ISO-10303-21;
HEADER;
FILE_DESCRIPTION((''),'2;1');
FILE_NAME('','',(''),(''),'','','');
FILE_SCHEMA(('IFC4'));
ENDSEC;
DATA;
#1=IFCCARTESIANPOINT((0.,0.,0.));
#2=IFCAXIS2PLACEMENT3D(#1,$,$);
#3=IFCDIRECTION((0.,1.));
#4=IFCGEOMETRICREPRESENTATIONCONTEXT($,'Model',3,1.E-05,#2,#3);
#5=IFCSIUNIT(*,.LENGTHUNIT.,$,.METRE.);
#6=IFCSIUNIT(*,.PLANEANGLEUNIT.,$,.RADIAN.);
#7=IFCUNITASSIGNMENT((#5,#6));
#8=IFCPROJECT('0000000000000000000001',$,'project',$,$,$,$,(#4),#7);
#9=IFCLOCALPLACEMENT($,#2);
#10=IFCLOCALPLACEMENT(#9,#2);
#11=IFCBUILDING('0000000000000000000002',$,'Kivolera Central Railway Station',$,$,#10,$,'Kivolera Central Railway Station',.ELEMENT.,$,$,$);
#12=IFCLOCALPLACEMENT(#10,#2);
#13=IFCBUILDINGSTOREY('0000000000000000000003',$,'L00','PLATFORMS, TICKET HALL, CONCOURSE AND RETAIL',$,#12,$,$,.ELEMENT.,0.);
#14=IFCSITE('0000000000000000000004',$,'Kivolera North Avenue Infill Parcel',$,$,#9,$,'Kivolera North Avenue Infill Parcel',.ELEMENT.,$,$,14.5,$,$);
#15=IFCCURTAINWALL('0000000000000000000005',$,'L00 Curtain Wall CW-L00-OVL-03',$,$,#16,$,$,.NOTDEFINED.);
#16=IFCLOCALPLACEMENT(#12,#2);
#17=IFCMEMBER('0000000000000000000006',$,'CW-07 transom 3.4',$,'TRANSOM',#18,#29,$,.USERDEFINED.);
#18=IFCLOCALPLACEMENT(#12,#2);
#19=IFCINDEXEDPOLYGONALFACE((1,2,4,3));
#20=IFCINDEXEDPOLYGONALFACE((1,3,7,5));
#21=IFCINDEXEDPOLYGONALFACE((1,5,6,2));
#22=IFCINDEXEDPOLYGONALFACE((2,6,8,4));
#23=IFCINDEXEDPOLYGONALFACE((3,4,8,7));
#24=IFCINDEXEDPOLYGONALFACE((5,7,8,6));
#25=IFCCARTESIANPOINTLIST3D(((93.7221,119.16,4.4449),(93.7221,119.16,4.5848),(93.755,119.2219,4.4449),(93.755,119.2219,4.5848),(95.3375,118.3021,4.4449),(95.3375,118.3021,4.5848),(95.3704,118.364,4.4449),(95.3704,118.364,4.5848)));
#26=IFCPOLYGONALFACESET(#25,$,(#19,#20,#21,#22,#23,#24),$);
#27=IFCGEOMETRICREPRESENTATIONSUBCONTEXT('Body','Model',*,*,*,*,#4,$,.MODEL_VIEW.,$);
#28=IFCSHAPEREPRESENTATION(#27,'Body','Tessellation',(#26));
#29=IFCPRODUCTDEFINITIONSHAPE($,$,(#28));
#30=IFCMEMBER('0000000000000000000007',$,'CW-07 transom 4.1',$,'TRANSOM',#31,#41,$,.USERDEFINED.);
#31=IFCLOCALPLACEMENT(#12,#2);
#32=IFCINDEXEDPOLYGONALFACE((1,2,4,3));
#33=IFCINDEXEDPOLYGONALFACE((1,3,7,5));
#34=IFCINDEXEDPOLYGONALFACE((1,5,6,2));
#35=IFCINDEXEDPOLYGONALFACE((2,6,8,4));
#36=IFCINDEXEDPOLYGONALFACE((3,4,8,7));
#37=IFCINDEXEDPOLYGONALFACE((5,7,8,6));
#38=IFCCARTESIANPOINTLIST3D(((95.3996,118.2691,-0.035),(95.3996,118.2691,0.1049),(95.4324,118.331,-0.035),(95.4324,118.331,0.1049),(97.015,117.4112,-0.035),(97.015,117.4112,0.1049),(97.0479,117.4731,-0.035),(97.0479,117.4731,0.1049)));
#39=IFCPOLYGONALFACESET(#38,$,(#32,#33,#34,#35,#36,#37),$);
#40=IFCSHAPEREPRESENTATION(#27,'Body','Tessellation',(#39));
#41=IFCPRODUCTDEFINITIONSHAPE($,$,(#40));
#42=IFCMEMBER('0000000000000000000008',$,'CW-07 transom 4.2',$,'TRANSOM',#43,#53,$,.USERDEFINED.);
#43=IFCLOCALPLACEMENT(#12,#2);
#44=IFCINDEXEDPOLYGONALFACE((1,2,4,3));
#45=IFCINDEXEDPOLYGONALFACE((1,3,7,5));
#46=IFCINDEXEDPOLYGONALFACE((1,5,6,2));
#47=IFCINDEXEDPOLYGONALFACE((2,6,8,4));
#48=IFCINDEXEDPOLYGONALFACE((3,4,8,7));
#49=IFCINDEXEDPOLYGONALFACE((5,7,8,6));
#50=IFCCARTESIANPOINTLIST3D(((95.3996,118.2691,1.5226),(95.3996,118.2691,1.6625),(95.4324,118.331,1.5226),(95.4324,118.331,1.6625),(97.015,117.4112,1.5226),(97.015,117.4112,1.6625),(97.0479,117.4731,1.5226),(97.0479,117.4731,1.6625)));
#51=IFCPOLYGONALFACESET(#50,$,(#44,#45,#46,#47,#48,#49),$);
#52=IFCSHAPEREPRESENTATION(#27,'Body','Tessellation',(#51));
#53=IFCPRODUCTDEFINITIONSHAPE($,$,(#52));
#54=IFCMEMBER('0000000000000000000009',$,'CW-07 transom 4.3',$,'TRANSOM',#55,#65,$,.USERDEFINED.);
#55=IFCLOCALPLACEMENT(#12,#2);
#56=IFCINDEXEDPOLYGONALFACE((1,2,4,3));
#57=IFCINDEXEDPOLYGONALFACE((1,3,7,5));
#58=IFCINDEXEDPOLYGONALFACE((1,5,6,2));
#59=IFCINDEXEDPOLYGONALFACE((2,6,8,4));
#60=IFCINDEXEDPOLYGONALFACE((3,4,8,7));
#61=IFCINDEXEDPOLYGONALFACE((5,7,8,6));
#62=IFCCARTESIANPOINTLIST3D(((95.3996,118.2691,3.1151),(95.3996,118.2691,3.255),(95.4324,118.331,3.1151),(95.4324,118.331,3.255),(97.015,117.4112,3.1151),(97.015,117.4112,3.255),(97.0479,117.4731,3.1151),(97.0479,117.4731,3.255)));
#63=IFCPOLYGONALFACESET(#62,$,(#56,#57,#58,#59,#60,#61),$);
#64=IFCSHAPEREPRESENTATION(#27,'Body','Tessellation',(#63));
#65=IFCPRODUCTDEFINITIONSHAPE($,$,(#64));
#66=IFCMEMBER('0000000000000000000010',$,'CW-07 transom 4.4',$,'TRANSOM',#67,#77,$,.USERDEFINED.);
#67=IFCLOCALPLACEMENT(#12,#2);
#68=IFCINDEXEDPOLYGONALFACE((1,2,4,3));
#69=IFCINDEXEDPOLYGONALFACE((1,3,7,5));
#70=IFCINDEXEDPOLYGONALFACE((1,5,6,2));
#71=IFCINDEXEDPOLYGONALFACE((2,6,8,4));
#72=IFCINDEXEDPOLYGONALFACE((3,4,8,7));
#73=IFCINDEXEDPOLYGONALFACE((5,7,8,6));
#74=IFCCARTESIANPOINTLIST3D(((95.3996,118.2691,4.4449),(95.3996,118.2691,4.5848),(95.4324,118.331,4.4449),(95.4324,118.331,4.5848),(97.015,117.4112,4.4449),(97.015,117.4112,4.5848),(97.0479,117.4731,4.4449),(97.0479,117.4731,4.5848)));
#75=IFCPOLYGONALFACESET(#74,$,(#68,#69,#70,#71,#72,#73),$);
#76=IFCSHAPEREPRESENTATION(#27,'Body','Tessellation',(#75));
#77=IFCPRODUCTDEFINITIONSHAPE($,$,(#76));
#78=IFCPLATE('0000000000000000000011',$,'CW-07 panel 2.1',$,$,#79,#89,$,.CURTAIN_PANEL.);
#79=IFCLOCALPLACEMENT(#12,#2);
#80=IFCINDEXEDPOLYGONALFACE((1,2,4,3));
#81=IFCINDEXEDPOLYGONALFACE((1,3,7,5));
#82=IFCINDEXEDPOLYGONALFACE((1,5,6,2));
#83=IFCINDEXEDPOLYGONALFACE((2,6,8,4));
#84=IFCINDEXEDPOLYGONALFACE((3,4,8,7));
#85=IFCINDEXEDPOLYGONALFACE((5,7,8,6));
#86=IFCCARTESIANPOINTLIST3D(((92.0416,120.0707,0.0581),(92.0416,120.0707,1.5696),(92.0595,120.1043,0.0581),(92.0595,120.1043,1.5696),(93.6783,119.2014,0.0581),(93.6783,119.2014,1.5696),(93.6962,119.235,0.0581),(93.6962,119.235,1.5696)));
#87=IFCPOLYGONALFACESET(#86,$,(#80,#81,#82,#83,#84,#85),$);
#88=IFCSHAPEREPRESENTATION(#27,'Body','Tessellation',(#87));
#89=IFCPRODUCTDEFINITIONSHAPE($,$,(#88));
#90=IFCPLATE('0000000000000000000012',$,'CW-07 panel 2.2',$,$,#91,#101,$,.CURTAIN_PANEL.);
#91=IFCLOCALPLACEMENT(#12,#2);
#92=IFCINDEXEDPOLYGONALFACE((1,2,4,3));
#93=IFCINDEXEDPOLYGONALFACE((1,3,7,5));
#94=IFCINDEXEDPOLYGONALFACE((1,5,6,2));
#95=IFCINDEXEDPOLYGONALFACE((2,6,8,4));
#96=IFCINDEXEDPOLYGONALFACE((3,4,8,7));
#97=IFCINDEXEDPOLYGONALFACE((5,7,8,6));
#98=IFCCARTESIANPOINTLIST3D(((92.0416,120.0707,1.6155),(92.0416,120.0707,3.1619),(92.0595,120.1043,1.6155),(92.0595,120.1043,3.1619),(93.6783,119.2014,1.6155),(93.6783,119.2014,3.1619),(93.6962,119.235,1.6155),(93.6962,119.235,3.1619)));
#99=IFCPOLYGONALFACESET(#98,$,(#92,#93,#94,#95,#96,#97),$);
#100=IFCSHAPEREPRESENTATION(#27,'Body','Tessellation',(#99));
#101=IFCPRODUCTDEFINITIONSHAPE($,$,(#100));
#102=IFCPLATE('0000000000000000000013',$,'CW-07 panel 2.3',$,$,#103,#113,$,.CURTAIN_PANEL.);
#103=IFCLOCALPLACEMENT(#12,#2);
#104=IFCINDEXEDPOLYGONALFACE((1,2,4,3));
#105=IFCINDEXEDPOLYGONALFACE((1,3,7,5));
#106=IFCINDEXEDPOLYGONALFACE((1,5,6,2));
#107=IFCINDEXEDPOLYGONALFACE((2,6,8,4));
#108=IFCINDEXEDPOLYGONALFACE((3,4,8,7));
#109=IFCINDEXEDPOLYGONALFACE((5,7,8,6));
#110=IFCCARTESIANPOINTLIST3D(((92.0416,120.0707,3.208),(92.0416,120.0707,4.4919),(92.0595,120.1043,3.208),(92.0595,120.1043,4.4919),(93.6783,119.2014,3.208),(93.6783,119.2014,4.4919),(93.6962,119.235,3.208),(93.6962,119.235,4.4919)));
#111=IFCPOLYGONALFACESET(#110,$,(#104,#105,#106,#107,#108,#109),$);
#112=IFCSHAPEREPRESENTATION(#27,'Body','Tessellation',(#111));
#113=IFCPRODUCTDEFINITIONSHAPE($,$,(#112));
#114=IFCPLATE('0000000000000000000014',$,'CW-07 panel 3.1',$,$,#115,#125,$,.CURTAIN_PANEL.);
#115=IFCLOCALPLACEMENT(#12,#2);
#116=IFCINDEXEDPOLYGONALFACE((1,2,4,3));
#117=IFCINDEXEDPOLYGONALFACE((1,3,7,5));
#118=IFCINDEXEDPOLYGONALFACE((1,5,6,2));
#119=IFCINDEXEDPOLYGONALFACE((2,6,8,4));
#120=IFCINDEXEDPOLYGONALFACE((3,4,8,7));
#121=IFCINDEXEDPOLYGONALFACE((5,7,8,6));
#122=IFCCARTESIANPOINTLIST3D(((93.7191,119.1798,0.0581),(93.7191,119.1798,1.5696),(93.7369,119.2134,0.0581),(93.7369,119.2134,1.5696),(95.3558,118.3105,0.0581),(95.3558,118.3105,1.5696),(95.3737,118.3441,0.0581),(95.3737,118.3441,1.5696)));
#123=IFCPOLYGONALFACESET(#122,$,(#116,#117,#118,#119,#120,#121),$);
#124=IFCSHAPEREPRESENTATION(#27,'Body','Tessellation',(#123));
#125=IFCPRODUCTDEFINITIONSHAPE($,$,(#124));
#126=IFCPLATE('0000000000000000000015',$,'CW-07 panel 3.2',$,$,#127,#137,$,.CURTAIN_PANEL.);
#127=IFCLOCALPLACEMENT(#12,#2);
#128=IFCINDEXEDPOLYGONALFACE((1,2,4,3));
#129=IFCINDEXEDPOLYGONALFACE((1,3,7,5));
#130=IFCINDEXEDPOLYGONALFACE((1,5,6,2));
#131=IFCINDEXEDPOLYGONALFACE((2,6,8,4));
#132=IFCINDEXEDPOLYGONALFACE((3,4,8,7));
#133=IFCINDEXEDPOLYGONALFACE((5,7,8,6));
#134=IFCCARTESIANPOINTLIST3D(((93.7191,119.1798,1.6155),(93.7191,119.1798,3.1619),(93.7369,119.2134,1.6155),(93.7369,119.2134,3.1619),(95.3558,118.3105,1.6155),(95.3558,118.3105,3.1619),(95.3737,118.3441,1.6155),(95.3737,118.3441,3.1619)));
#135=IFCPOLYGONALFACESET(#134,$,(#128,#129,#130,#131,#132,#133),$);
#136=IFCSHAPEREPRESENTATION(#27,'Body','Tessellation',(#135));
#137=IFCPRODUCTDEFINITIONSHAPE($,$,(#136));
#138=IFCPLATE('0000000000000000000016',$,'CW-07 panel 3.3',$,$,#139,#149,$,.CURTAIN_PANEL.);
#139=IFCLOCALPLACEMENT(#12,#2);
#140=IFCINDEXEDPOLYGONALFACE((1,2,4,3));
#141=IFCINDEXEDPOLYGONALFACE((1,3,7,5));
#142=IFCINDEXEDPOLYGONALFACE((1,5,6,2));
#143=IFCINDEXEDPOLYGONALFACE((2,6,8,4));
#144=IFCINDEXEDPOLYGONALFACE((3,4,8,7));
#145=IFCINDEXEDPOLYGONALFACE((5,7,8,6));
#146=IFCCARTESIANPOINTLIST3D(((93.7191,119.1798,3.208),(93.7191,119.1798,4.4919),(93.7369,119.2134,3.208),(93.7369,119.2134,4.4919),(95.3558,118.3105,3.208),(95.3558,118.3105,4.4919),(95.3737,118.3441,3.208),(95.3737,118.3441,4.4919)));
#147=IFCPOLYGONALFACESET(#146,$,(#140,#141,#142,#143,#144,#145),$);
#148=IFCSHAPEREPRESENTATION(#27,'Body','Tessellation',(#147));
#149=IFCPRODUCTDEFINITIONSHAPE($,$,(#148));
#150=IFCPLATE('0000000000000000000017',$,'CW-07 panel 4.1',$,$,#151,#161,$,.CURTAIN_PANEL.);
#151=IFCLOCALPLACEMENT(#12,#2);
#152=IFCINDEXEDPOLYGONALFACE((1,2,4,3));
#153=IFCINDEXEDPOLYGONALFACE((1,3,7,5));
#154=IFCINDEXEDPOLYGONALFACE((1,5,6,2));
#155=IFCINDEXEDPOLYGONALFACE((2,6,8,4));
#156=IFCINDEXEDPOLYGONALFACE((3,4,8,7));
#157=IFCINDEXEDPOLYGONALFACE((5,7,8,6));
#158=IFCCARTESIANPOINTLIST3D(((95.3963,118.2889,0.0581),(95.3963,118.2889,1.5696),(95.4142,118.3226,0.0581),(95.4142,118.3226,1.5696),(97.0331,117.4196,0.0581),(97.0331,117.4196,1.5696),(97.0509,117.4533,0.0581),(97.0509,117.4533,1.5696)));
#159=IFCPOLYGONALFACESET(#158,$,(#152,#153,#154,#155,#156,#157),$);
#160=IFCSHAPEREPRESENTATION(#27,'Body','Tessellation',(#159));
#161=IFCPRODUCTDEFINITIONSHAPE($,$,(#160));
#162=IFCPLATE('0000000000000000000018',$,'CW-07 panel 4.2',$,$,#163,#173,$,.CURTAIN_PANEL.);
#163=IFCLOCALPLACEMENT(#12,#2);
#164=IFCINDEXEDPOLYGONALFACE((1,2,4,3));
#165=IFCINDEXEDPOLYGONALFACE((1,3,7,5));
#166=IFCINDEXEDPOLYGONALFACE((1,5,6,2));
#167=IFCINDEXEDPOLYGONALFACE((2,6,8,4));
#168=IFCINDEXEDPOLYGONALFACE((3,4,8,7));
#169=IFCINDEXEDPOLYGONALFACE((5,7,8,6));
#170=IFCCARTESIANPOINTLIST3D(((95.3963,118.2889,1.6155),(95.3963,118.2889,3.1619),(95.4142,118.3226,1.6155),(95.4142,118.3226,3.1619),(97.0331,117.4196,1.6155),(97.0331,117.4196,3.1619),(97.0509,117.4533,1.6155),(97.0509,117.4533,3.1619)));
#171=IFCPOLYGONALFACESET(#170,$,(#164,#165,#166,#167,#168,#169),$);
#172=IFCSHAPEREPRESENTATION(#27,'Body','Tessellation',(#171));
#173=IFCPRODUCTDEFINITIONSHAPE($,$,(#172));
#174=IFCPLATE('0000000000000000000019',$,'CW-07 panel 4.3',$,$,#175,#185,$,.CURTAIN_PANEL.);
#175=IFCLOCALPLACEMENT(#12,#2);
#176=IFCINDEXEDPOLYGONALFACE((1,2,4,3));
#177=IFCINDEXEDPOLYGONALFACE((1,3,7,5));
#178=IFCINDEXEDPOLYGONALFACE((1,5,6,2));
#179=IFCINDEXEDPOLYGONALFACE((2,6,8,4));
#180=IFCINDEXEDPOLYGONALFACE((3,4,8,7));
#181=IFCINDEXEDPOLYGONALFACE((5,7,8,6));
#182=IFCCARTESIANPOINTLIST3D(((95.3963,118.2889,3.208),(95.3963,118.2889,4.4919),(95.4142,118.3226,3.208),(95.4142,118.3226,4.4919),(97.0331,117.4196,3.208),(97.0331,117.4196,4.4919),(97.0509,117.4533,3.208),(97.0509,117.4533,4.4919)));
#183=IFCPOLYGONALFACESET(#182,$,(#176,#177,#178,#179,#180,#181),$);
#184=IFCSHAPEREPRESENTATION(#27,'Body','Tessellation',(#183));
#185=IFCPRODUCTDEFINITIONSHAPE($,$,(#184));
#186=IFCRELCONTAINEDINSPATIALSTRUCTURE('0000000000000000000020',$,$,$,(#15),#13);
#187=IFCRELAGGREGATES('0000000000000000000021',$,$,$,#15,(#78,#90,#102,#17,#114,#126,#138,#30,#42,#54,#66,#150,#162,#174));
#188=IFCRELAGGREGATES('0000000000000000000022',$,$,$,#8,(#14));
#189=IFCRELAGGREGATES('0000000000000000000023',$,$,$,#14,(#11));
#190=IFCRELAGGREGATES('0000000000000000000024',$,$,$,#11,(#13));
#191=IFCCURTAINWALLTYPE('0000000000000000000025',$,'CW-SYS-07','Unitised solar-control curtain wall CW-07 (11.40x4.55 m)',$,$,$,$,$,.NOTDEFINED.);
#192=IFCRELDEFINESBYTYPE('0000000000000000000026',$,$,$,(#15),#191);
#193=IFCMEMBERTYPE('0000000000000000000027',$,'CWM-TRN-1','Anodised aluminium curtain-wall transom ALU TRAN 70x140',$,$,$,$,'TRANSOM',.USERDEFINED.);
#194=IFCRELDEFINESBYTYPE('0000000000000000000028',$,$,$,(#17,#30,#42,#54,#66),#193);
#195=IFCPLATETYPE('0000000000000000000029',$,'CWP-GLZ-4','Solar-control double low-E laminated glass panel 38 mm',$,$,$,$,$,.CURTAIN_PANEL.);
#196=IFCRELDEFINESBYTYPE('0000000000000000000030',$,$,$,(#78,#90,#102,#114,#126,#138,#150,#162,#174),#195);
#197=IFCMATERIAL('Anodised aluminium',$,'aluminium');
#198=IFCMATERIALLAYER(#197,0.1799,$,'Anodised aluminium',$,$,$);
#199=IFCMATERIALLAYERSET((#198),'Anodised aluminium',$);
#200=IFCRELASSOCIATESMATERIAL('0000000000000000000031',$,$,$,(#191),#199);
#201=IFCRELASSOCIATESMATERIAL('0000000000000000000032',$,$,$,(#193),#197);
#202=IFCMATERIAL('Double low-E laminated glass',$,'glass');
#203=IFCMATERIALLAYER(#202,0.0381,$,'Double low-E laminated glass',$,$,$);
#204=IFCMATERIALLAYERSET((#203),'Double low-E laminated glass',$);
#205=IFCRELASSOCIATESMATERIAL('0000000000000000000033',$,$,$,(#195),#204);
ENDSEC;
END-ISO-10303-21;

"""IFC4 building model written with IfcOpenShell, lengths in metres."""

from ifc_helpers import new_model, si_unit, direction, frame, origin, origin_2d, place, context, subcontext, project, spatial, rectangle, extrude, material, layer, layer_set, material_profile, profile_set, type_object, element, aggregate, save


model = new_model("IFC4")

# Units and contexts
model_context = context("Model", 3, precision=1e-05, world=origin(), true_north=direction((0.0, 1.0)))
body_context = subcontext(model_context, "Body", "Model", "MODEL_VIEW")
ifc_project = project(units=[si_unit("LENGTHUNIT", "METRE"), si_unit("PLANEANGLEUNIT", "RADIAN")], contexts=[model_context])

# Site, building, storey
site_placement = place(None, origin())
site = spatial("IfcSite", under=ifc_project, at=site_placement, Name="Kivolera North Avenue Infill Parcel", LongName="Kivolera North Avenue Infill Parcel", CompositionType="ELEMENT", RefElevation=14.5)
building_placement = place(site_placement, origin())
building = spatial("IfcBuilding", under=site, at=building_placement, Name="Kivolera Central Railway Station", LongName="Kivolera Central Railway Station", CompositionType="ELEMENT")
storey_placement = place(building_placement, origin())
storey = spatial("IfcBuildingStorey", under=building, at=storey_placement, Name="L00", Description="PLATFORMS, TICKET HALL, CONCOURSE AND RETAIL", CompositionType="ELEMENT", Elevation=0.0)

# Curtain wall, members, plates
ifc_material_1 = material(Name="Anodised aluminium", Category="aluminium")
ifc_layer_1 = layer(ifc_material_1, 0.1799, Name="Anodised aluminium")
ifc_layer_set_1 = layer_set([ifc_layer_1], Name="Anodised aluminium")
curtain_wall_type = type_object("IfcCurtainWallType", Name="CW-SYS-07", Description="Unitised solar-control curtain wall CW-07 (11.40x4.55 m)", PredefinedType="NOTDEFINED", material=ifc_layer_set_1)
curtain_wall_placement = place(storey_placement, origin())
curtain_wall = element("IfcCurtainWall", 1, at=curtain_wall_placement, inside=storey, type_object=curtain_wall_type, Name="L00 Curtain Wall CW-L00-OVL-03", PredefinedType="NOTDEFINED")
ifc_material_profile_1 = material_profile(ifc_material_1, rectangle(XDim=0.0701, YDim=0.1399, at=origin_2d()), Name="ALU TRAN 70x140")
ifc_profile_set_1 = profile_set([ifc_material_profile_1], Name="Anodised aluminium")
member_type_1 = type_object("IfcMemberType", Name="CWM-TRN-1", Description="Anodised aluminium curtain-wall transom ALU TRAN 70x140", ElementType="TRANSOM", PredefinedType="USERDEFINED", material=ifc_profile_set_1)
member_1_placement = place(storey_placement, frame((93.7385, 119.1909, 4.5149), z_axis=(0.883187, -0.469022, 0.0), x_axis=(0.469022, 0.883187, 0.0)))
member_1 = element("IfcMember", 2, at=member_1_placement, type_object=member_type_1, Name="CW-07 transom 3.4", ObjectType="TRANSOM", PredefinedType="USERDEFINED", context=body_context, shape_type="SweptSolid", body=[
    extrude(rectangle(XDim=0.0701, YDim=0.1399, at=origin_2d()), origin(), (0.0, 0.0, 1.0), 1.8291),
])
member_2_placement = place(storey_placement, frame((95.416, 118.3, 0.0349), z_axis=(0.883187, -0.469022, 0.0), x_axis=(0.469022, 0.883187, 0.0)))
member_2 = element("IfcMember", 3, at=member_2_placement, type_object=member_type_1, Name="CW-07 transom 4.1", ObjectType="TRANSOM", PredefinedType="USERDEFINED", context=body_context, shape_type="SweptSolid", body=[
    extrude(rectangle(XDim=0.0701, YDim=0.1399, at=origin_2d()), origin(), (0.0, 0.0, 1.0), 1.8291),
])
member_3_placement = place(storey_placement, frame((95.416, 118.3, 1.5925), z_axis=(0.883187, -0.469022, 0.0), x_axis=(0.469022, 0.883187, 0.0)))
member_3 = element("IfcMember", 4, at=member_3_placement, type_object=member_type_1, Name="CW-07 transom 4.2", ObjectType="TRANSOM", PredefinedType="USERDEFINED", context=body_context, shape_type="SweptSolid", body=[
    extrude(rectangle(XDim=0.0701, YDim=0.1399, at=origin_2d()), origin(), (0.0, 0.0, 1.0), 1.8291),
])
member_4_placement = place(storey_placement, frame((95.416, 118.3, 3.1851), z_axis=(0.883187, -0.469022, 0.0), x_axis=(0.469022, 0.883187, 0.0)))
member_4 = element("IfcMember", 5, at=member_4_placement, type_object=member_type_1, Name="CW-07 transom 4.3", ObjectType="TRANSOM", PredefinedType="USERDEFINED", context=body_context, shape_type="SweptSolid", body=[
    extrude(rectangle(XDim=0.0701, YDim=0.1399, at=origin_2d()), origin(), (0.0, 0.0, 1.0), 1.8291),
])
member_5_placement = place(storey_placement, frame((95.416, 118.3, 4.5149), z_axis=(0.883187, -0.469022, 0.0), x_axis=(0.469022, 0.883187, 0.0)))
member_5 = element("IfcMember", 6, at=member_5_placement, type_object=member_type_1, Name="CW-07 transom 4.4", ObjectType="TRANSOM", PredefinedType="USERDEFINED", context=body_context, shape_type="SweptSolid", body=[
    extrude(rectangle(XDim=0.0701, YDim=0.1399, at=origin_2d()), origin(), (0.0, 0.0, 1.0), 1.8291),
])
ifc_material_2 = material(Name="Double low-E laminated glass", Category="glass")
ifc_layer_2 = layer(ifc_material_2, 0.0381, Name="Double low-E laminated glass")
ifc_layer_set_2 = layer_set([ifc_layer_2], Name="Double low-E laminated glass")
plate_type = type_object("IfcPlateType", Name="CWP-GLZ-4", Description="Solar-control double low-E laminated glass panel 38 mm", PredefinedType="CURTAIN_PANEL", material=ifc_layer_set_2)
plate_1_placement = place(storey_placement, frame((92.8689, 119.6528, 0.0581), z_axis=(0.0, 0.0, 1.0), x_axis=(0.88317, -0.469053, 0.0)))
plate_1 = element("IfcPlate", 7, at=plate_1_placement, type_object=plate_type, Name="CW-07 panel 2.1", PredefinedType="CURTAIN_PANEL", context=body_context, shape_type="SweptSolid", body=[
    extrude(rectangle(XDim=1.8533, YDim=0.0381, at=origin_2d()), origin(), (0.0, 0.0, 1.0), 1.5115),
])
plate_2_placement = place(storey_placement, frame((92.8689, 119.6528, 1.6155), z_axis=(0.0, 0.0, 1.0), x_axis=(0.88317, -0.469053, 0.0)))
plate_2 = element("IfcPlate", 8, at=plate_2_placement, type_object=plate_type, Name="CW-07 panel 2.2", PredefinedType="CURTAIN_PANEL", context=body_context, shape_type="SweptSolid", body=[
    extrude(rectangle(XDim=1.8533, YDim=0.0381, at=origin_2d()), origin(), (0.0, 0.0, 1.0), 1.5464),
])
plate_3_placement = place(storey_placement, frame((92.8689, 119.6528, 3.208), z_axis=(0.0, 0.0, 1.0), x_axis=(0.88317, -0.469053, 0.0)))
plate_3 = element("IfcPlate", 9, at=plate_3_placement, type_object=plate_type, Name="CW-07 panel 2.3", PredefinedType="CURTAIN_PANEL", context=body_context, shape_type="SweptSolid", body=[
    extrude(rectangle(XDim=1.8533, YDim=0.0381, at=origin_2d()), origin(), (0.0, 0.0, 1.0), 1.2839),
])
plate_4_placement = place(storey_placement, frame((94.5464, 118.762, 0.0581), z_axis=(0.0, 0.0, 1.0), x_axis=(0.88317, -0.469053, 0.0)))
plate_4 = element("IfcPlate", 10, at=plate_4_placement, type_object=plate_type, Name="CW-07 panel 3.1", PredefinedType="CURTAIN_PANEL", context=body_context, shape_type="SweptSolid", body=[
    extrude(rectangle(XDim=1.8533, YDim=0.0381, at=origin_2d()), origin(), (0.0, 0.0, 1.0), 1.5115),
])
plate_5_placement = place(storey_placement, frame((94.5464, 118.762, 1.6155), z_axis=(0.0, 0.0, 1.0), x_axis=(0.88317, -0.469053, 0.0)))
plate_5 = element("IfcPlate", 11, at=plate_5_placement, type_object=plate_type, Name="CW-07 panel 3.2", PredefinedType="CURTAIN_PANEL", context=body_context, shape_type="SweptSolid", body=[
    extrude(rectangle(XDim=1.8533, YDim=0.0381, at=origin_2d()), origin(), (0.0, 0.0, 1.0), 1.5464),
])
plate_6_placement = place(storey_placement, frame((94.5464, 118.762, 3.208), z_axis=(0.0, 0.0, 1.0), x_axis=(0.88317, -0.469053, 0.0)))
plate_6 = element("IfcPlate", 12, at=plate_6_placement, type_object=plate_type, Name="CW-07 panel 3.3", PredefinedType="CURTAIN_PANEL", context=body_context, shape_type="SweptSolid", body=[
    extrude(rectangle(XDim=1.8533, YDim=0.0381, at=origin_2d()), origin(), (0.0, 0.0, 1.0), 1.2839),
])
plate_7_placement = place(storey_placement, frame((96.2236, 117.8711, 0.0581), z_axis=(0.0, 0.0, 1.0), x_axis=(0.88317, -0.469053, 0.0)))
plate_7 = element("IfcPlate", 13, at=plate_7_placement, type_object=plate_type, Name="CW-07 panel 4.1", PredefinedType="CURTAIN_PANEL", context=body_context, shape_type="SweptSolid", body=[
    extrude(rectangle(XDim=1.8533, YDim=0.0381, at=origin_2d()), origin(), (0.0, 0.0, 1.0), 1.5115),
])
plate_8_placement = place(storey_placement, frame((96.2236, 117.8711, 1.6155), z_axis=(0.0, 0.0, 1.0), x_axis=(0.88317, -0.469053, 0.0)))
plate_8 = element("IfcPlate", 14, at=plate_8_placement, type_object=plate_type, Name="CW-07 panel 4.2", PredefinedType="CURTAIN_PANEL", context=body_context, shape_type="SweptSolid", body=[
    extrude(rectangle(XDim=1.8533, YDim=0.0381, at=origin_2d()), origin(), (0.0, 0.0, 1.0), 1.5464),
])
plate_9_placement = place(storey_placement, frame((96.2236, 117.8711, 3.208), z_axis=(0.0, 0.0, 1.0), x_axis=(0.88317, -0.469053, 0.0)))
plate_9 = element("IfcPlate", 15, at=plate_9_placement, type_object=plate_type, Name="CW-07 panel 4.3", PredefinedType="CURTAIN_PANEL", context=body_context, shape_type="SweptSolid", body=[
    extrude(rectangle(XDim=1.8533, YDim=0.0381, at=origin_2d()), origin(), (0.0, 0.0, 1.0), 1.2839),
])
aggregate(curtain_wall, [plate_1, plate_2, plate_3, member_1, plate_4, plate_5, plate_6, member_2, member_3, member_4, member_5, plate_7, plate_8, plate_9])

save(model, "model.ifc")
